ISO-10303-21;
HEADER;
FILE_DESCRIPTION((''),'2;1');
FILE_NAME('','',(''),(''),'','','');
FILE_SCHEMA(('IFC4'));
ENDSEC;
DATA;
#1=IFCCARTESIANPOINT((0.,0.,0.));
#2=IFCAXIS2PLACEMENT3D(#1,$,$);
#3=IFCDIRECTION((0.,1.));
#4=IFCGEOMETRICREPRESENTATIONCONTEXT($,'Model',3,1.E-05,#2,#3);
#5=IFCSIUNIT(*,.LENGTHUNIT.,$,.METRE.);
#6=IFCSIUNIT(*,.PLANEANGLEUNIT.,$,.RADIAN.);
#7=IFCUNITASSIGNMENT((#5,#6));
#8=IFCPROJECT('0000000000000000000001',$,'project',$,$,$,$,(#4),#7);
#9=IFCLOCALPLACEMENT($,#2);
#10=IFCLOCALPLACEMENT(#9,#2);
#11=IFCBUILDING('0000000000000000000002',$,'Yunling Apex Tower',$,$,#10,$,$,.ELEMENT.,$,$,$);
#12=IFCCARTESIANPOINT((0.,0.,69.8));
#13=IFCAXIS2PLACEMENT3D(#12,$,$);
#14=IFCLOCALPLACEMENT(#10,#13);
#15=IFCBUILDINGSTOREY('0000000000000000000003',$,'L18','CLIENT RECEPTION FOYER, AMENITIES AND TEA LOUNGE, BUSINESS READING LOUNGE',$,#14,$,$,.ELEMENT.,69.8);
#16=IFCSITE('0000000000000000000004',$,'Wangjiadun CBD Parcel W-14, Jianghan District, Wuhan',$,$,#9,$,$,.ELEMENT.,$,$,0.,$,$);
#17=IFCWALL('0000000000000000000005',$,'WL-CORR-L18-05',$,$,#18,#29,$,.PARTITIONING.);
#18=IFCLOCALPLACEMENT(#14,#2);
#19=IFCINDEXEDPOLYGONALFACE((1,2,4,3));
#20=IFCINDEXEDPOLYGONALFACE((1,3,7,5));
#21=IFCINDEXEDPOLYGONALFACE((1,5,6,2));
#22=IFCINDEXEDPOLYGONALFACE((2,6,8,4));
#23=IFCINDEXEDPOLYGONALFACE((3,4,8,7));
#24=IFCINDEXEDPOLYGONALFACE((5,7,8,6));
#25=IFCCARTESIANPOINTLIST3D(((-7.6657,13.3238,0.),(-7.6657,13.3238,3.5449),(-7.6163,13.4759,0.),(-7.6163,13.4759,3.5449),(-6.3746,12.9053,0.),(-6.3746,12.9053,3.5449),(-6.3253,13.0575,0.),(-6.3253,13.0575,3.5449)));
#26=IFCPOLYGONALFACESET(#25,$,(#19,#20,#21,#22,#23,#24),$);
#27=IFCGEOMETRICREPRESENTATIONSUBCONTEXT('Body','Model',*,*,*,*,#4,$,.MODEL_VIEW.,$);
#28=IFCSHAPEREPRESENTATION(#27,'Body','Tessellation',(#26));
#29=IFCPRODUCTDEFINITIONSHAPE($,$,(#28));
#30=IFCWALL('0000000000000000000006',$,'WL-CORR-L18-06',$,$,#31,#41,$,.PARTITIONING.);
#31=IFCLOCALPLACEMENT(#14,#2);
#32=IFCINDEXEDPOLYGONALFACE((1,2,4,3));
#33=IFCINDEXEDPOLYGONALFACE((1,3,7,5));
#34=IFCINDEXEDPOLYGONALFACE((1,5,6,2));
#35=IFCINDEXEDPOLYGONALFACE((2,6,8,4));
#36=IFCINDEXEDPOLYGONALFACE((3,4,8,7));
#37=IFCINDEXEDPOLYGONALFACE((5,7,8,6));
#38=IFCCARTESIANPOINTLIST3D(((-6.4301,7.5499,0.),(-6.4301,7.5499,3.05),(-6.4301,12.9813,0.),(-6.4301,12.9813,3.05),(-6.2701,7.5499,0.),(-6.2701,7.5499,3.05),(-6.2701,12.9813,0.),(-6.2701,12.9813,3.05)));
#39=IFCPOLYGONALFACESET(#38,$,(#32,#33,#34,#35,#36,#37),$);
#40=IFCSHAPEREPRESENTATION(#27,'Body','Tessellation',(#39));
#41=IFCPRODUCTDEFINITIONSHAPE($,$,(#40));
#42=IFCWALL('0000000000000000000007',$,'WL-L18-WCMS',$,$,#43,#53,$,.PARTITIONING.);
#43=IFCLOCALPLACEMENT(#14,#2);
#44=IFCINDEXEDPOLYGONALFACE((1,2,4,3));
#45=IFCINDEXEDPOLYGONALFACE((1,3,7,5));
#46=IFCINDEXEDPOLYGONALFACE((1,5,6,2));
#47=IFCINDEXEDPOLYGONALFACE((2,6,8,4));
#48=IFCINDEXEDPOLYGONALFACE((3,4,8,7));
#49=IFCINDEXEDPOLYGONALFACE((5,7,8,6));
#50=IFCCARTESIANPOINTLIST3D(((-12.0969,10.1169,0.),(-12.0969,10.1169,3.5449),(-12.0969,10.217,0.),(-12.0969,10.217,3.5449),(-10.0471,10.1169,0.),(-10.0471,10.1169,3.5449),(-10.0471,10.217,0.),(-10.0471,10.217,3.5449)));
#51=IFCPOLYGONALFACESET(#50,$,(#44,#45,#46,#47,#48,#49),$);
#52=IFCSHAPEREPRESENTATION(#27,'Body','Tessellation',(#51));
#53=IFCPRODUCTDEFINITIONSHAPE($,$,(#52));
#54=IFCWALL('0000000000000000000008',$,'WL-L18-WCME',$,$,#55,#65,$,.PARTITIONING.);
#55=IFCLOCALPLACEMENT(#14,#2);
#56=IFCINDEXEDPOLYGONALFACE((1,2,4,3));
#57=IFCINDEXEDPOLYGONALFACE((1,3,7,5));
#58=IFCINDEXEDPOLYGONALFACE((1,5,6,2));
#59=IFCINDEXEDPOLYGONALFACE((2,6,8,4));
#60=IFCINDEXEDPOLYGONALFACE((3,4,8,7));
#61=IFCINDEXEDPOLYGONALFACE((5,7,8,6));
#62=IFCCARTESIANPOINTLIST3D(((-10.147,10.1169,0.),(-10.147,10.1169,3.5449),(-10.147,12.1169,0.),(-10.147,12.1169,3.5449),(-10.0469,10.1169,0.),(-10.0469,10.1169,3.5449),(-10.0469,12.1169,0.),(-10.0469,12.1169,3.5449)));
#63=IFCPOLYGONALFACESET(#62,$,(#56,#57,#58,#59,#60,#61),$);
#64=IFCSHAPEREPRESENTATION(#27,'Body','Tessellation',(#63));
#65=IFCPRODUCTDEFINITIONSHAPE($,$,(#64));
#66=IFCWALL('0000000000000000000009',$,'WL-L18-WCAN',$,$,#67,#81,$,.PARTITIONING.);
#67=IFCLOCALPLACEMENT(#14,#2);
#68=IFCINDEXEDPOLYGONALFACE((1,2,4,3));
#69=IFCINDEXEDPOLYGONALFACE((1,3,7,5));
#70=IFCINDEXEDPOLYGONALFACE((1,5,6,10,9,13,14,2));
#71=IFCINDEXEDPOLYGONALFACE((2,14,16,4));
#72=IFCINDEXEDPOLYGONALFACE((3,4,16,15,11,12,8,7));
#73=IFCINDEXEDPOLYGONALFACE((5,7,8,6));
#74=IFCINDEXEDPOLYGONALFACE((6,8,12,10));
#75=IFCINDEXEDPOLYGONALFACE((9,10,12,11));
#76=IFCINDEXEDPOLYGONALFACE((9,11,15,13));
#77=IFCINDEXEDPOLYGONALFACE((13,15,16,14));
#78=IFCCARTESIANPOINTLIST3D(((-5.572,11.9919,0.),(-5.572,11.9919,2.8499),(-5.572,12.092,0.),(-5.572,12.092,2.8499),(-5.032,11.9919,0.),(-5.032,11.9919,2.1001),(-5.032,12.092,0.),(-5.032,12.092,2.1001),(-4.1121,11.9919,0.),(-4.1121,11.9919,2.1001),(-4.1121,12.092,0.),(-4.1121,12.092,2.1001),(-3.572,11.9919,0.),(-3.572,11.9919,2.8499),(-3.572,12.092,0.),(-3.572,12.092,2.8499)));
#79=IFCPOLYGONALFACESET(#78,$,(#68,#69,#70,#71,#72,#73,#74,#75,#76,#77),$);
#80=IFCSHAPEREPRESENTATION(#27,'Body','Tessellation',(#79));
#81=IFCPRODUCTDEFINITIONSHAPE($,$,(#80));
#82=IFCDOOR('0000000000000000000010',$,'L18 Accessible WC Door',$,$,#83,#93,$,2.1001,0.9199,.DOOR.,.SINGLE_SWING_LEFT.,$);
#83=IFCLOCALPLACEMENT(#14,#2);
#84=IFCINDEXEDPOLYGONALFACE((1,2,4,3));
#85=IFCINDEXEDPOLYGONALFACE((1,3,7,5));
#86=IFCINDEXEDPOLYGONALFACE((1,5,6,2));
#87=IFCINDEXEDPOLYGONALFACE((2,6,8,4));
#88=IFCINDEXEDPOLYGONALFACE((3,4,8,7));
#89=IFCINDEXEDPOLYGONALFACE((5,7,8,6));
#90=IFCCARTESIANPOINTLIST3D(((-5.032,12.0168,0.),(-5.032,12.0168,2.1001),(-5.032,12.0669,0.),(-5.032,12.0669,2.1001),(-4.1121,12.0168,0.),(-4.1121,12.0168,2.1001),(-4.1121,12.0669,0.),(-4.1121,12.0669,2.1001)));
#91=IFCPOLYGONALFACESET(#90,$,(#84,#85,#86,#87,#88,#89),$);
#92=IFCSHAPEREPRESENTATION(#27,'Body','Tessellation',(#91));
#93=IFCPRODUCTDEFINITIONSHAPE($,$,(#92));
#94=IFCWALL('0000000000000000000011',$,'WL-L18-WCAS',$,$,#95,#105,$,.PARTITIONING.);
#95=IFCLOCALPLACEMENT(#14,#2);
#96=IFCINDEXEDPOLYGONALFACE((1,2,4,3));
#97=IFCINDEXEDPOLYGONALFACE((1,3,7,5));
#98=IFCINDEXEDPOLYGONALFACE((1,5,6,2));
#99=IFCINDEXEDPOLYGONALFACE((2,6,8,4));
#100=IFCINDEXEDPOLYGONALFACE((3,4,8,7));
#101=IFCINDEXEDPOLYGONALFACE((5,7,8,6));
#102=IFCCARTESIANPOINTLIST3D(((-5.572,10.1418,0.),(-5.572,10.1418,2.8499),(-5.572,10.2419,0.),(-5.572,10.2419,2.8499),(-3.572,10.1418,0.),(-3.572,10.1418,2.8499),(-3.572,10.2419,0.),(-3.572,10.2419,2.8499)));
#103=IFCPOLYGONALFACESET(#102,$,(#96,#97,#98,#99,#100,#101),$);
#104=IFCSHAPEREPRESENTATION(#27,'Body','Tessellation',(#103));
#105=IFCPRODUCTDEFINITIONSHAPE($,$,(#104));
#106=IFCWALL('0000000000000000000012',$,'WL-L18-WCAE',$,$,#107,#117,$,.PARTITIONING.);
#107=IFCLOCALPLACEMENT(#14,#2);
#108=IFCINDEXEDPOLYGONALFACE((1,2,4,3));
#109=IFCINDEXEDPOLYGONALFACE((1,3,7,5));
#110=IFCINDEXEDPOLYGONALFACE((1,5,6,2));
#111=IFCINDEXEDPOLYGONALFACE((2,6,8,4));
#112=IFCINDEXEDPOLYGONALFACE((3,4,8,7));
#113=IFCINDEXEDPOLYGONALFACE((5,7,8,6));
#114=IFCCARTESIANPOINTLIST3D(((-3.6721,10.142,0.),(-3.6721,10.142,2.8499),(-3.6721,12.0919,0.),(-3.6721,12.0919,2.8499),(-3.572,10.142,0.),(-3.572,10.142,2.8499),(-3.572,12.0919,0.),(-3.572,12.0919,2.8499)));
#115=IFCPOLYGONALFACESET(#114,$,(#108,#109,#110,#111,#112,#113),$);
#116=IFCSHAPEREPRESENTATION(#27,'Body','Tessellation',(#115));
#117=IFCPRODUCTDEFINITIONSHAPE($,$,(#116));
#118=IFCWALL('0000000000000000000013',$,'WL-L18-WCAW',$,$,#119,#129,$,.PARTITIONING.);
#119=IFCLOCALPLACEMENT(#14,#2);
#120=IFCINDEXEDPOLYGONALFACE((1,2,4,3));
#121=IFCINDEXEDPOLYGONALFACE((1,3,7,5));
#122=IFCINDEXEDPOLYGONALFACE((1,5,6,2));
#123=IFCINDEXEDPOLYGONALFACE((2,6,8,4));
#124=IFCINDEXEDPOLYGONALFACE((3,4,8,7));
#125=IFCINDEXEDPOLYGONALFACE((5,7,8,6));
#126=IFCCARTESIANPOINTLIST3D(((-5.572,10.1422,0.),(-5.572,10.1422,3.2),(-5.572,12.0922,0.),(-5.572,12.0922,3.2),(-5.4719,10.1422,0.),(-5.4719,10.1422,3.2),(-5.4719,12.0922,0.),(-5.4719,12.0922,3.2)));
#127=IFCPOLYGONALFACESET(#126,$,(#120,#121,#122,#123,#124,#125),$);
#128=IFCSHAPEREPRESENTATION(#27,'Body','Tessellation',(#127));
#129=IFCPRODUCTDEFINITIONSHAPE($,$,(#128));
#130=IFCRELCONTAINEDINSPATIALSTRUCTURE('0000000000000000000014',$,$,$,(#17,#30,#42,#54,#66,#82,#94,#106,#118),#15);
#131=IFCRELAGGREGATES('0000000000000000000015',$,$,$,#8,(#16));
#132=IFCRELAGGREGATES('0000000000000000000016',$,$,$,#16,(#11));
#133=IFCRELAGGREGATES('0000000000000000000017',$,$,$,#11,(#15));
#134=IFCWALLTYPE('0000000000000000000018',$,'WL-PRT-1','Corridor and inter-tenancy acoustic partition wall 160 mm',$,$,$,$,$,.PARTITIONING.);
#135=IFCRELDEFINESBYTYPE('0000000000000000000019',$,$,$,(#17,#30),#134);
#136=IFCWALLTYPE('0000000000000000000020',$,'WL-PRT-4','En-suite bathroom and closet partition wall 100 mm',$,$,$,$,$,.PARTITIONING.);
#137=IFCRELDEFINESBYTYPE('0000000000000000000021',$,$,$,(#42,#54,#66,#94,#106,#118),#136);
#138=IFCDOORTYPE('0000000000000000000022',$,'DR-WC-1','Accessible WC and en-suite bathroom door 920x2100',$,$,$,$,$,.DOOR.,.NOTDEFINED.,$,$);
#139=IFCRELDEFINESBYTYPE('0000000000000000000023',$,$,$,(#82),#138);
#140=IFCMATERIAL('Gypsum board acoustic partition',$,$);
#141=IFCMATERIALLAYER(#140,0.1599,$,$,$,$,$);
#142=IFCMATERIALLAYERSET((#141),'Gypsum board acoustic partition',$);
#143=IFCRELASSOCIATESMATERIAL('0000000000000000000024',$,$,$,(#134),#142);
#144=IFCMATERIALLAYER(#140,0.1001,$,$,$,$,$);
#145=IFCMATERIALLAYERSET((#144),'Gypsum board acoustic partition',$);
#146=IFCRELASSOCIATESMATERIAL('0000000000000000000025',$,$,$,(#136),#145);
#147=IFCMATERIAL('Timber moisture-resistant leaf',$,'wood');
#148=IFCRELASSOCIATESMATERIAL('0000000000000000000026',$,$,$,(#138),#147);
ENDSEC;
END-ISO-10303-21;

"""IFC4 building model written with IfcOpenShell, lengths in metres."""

from ifc_helpers import new_model, si_unit, direction, frame, frame_2d, origin, place, context, subcontext, project, spatial, rectangle, extrude, material, layer, layer_set, type_object, element, fill, save


model = new_model("IFC4")

# Units and contexts
model_context = context("Model", 3, precision=1e-05, world=origin(), true_north=direction((0.0, 1.0)))
body_context = subcontext(model_context, "Body", "Model", "MODEL_VIEW")
ifc_project = project(units=[si_unit("LENGTHUNIT", "METRE"), si_unit("PLANEANGLEUNIT", "RADIAN")], contexts=[model_context])

# Site, building, storey
site_placement = place(None, origin())
site = spatial("IfcSite", under=ifc_project, at=site_placement, Name="Wangjiadun CBD Parcel W-14, Jianghan District, Wuhan", CompositionType="ELEMENT", RefElevation=0.0)
building_placement = place(site_placement, origin())
building = spatial("IfcBuilding", under=site, at=building_placement, Name="Yunling Apex Tower", CompositionType="ELEMENT")
storey_placement = place(building_placement, frame((0.0, 0.0, 69.8)))
storey = spatial("IfcBuildingStorey", under=building, at=storey_placement, Name="L18", Description="CLIENT RECEPTION FOYER, AMENITIES AND TEA LOUNGE, BUSINESS READING LOUNGE", CompositionType="ELEMENT", Elevation=69.8)

# Walls
ifc_material_1 = material(Name="Gypsum board acoustic partition")
ifc_layer_1 = layer(ifc_material_1, 0.1599)
ifc_layer_set_1 = layer_set([ifc_layer_1], Name="Gypsum board acoustic partition")
wall_type_1 = type_object("IfcWallType", Name="WL-PRT-1", Description="Corridor and inter-tenancy acoustic partition wall 160 mm", PredefinedType="PARTITIONING", material=ifc_layer_set_1)
wall_1_placement = place(storey_placement, frame((-7.6411, 13.3999, 0.0), z_axis=(0.0, 0.0, 1.0), x_axis=(0.951277, -0.308338, 0.0)))
element("IfcWall", 1, at=wall_1_placement, inside=storey, type_object=wall_type_1, Name="WL-CORR-L18-05", PredefinedType="PARTITIONING", context=body_context, shape_type="SweptSolid", body=[
    extrude(rectangle(XDim=1.3572, YDim=0.1599, at=frame_2d((0.6787, 0.0))), origin(), (0.0, 0.0, 1.0), 3.5449),
])
wall_2_placement = place(storey_placement, frame((-6.3501, 12.9814, 0.0), z_axis=(0.0, 0.0, 1.0), x_axis=(0.0, -1.0, 0.0)))
element("IfcWall", 2, at=wall_2_placement, inside=storey, type_object=wall_type_1, Name="WL-CORR-L18-06", PredefinedType="PARTITIONING", context=body_context, shape_type="SweptSolid", body=[
    extrude(rectangle(XDim=5.4314, YDim=0.1599, at=frame_2d((2.7158, 0.0))), origin(), (0.0, 0.0, 1.0), 3.05),
])
ifc_layer_2 = layer(ifc_material_1, 0.1001)
ifc_layer_set_2 = layer_set([ifc_layer_2], Name="Gypsum board acoustic partition")
wall_type_2 = type_object("IfcWallType", Name="WL-PRT-4", Description="En-suite bathroom and closet partition wall 100 mm", PredefinedType="PARTITIONING", material=ifc_layer_set_2)
wall_3_placement = place(storey_placement, frame((-10.0471, 10.167, 0.0), z_axis=(0.0, 0.0, 1.0), x_axis=(-1.0, 0.0, 0.0)))
element("IfcWall", 3, at=wall_3_placement, inside=storey, type_object=wall_type_2, Name="WL-L18-WCMS", PredefinedType="PARTITIONING", context=body_context, shape_type="SweptSolid", body=[
    extrude(rectangle(XDim=2.0498, YDim=0.1001, at=frame_2d((1.0249, 0.0))), origin(), (0.0, 0.0, 1.0), 3.5449),
])
wall_4_placement = place(storey_placement, frame((-10.0969, 12.1169, 0.0), z_axis=(0.0, 0.0, 1.0), x_axis=(0.0, -1.0, 0.0)))
element("IfcWall", 4, at=wall_4_placement, inside=storey, type_object=wall_type_2, Name="WL-L18-WCME", PredefinedType="PARTITIONING", context=body_context, shape_type="SweptSolid", body=[
    extrude(rectangle(XDim=2.0, YDim=0.1001, at=frame_2d((1.0, 0.0))), origin(), (0.0, 0.0, 1.0), 3.5449),
])

# Wall, opening, door
wall_5_placement = place(storey_placement, frame((-5.572, 12.042, 0.0), z_axis=(0.0, 0.0, 1.0), x_axis=(1.0, 0.0, 0.0)))
wall_5 = element("IfcWall", 5, at=wall_5_placement, inside=storey, type_object=wall_type_2, Name="WL-L18-WCAN", PredefinedType="PARTITIONING", context=body_context, shape_type="SweptSolid", body=[
    extrude(rectangle(XDim=2.0, YDim=0.1001, at=frame_2d((1.0, 0.0))), origin(), (0.0, 0.0, 1.0), 2.8499),
])
opening_placement = place(wall_5_placement, frame((0.54, 0.0, 0.0)))
opening = element("IfcOpeningElement", 6, at=opening_placement, cuts=wall_5, PredefinedType="OPENING", context=body_context, shape_type="SweptSolid", body=[
    extrude(rectangle(XDim=0.9199, YDim=2.1001, at=frame_2d((0.46, 1.05))), frame((0.0, 0.0601, 0.0), z_axis=(0.0, -1.0, 0.0), x_axis=(1.0, 0.0, 0.0)), (0.0, 0.0, 1.0), 0.1201),
])
ifc_material_2 = material(Name="Timber moisture-resistant leaf", Category="wood")
door_type = type_object("IfcDoorType", Name="DR-WC-1", Description="Accessible WC and en-suite bathroom door 920x2100", OperationType="NOTDEFINED", PredefinedType="DOOR", material=ifc_material_2)
door_placement = place(opening_placement, origin())
door = element("IfcDoor", 7, at=door_placement, inside=storey, type_object=door_type, Name="L18 Accessible WC Door", OperationType="SINGLE_SWING_LEFT", OverallHeight=2.1001, OverallWidth=0.9199, PredefinedType="DOOR", context=body_context, shape_type="SweptSolid", body=[
    extrude(rectangle(XDim=0.9199, YDim=2.1001, at=frame_2d((0.46, 1.05))), frame((0.0, 0.0249, 0.0), z_axis=(0.0, -1.0, 0.0), x_axis=(1.0, 0.0, 0.0)), (0.0, 0.0, 1.0), 0.05),
])
fill(opening, door)

# Walls
wall_6_placement = place(storey_placement, frame((-3.572, 10.1919, 0.0), z_axis=(0.0, 0.0, 1.0), x_axis=(-1.0, 0.0, 0.0)))
element("IfcWall", 8, at=wall_6_placement, inside=storey, type_object=wall_type_2, Name="WL-L18-WCAS", PredefinedType="PARTITIONING", context=body_context, shape_type="SweptSolid", body=[
    extrude(rectangle(XDim=2.0, YDim=0.1001, at=frame_2d((1.0, 0.0))), origin(), (0.0, 0.0, 1.0), 2.8499),
])
wall_7_placement = place(storey_placement, frame((-3.6221, 12.092, 0.0), z_axis=(0.0, 0.0, 1.0), x_axis=(0.0, -1.0, 0.0)))
element("IfcWall", 9, at=wall_7_placement, inside=storey, type_object=wall_type_2, Name="WL-L18-WCAE", PredefinedType="PARTITIONING", context=body_context, shape_type="SweptSolid", body=[
    extrude(rectangle(XDim=1.95, YDim=0.1001, at=frame_2d((0.9751, 0.0))), origin(), (0.0, 0.0, 1.0), 2.8499),
])
wall_8_placement = place(storey_placement, frame((-5.522, 10.1421, 0.0), z_axis=(0.0, 0.0, 1.0), x_axis=(0.0, 1.0, 0.0)))
element("IfcWall", 10, at=wall_8_placement, inside=storey, type_object=wall_type_2, Name="WL-L18-WCAW", PredefinedType="PARTITIONING", context=body_context, shape_type="SweptSolid", body=[
    extrude(rectangle(XDim=1.95, YDim=0.1001, at=frame_2d((0.9751, 0.0))), origin(), (0.0, 0.0, 1.0), 3.2),
])

save(model, "model.ifc")
